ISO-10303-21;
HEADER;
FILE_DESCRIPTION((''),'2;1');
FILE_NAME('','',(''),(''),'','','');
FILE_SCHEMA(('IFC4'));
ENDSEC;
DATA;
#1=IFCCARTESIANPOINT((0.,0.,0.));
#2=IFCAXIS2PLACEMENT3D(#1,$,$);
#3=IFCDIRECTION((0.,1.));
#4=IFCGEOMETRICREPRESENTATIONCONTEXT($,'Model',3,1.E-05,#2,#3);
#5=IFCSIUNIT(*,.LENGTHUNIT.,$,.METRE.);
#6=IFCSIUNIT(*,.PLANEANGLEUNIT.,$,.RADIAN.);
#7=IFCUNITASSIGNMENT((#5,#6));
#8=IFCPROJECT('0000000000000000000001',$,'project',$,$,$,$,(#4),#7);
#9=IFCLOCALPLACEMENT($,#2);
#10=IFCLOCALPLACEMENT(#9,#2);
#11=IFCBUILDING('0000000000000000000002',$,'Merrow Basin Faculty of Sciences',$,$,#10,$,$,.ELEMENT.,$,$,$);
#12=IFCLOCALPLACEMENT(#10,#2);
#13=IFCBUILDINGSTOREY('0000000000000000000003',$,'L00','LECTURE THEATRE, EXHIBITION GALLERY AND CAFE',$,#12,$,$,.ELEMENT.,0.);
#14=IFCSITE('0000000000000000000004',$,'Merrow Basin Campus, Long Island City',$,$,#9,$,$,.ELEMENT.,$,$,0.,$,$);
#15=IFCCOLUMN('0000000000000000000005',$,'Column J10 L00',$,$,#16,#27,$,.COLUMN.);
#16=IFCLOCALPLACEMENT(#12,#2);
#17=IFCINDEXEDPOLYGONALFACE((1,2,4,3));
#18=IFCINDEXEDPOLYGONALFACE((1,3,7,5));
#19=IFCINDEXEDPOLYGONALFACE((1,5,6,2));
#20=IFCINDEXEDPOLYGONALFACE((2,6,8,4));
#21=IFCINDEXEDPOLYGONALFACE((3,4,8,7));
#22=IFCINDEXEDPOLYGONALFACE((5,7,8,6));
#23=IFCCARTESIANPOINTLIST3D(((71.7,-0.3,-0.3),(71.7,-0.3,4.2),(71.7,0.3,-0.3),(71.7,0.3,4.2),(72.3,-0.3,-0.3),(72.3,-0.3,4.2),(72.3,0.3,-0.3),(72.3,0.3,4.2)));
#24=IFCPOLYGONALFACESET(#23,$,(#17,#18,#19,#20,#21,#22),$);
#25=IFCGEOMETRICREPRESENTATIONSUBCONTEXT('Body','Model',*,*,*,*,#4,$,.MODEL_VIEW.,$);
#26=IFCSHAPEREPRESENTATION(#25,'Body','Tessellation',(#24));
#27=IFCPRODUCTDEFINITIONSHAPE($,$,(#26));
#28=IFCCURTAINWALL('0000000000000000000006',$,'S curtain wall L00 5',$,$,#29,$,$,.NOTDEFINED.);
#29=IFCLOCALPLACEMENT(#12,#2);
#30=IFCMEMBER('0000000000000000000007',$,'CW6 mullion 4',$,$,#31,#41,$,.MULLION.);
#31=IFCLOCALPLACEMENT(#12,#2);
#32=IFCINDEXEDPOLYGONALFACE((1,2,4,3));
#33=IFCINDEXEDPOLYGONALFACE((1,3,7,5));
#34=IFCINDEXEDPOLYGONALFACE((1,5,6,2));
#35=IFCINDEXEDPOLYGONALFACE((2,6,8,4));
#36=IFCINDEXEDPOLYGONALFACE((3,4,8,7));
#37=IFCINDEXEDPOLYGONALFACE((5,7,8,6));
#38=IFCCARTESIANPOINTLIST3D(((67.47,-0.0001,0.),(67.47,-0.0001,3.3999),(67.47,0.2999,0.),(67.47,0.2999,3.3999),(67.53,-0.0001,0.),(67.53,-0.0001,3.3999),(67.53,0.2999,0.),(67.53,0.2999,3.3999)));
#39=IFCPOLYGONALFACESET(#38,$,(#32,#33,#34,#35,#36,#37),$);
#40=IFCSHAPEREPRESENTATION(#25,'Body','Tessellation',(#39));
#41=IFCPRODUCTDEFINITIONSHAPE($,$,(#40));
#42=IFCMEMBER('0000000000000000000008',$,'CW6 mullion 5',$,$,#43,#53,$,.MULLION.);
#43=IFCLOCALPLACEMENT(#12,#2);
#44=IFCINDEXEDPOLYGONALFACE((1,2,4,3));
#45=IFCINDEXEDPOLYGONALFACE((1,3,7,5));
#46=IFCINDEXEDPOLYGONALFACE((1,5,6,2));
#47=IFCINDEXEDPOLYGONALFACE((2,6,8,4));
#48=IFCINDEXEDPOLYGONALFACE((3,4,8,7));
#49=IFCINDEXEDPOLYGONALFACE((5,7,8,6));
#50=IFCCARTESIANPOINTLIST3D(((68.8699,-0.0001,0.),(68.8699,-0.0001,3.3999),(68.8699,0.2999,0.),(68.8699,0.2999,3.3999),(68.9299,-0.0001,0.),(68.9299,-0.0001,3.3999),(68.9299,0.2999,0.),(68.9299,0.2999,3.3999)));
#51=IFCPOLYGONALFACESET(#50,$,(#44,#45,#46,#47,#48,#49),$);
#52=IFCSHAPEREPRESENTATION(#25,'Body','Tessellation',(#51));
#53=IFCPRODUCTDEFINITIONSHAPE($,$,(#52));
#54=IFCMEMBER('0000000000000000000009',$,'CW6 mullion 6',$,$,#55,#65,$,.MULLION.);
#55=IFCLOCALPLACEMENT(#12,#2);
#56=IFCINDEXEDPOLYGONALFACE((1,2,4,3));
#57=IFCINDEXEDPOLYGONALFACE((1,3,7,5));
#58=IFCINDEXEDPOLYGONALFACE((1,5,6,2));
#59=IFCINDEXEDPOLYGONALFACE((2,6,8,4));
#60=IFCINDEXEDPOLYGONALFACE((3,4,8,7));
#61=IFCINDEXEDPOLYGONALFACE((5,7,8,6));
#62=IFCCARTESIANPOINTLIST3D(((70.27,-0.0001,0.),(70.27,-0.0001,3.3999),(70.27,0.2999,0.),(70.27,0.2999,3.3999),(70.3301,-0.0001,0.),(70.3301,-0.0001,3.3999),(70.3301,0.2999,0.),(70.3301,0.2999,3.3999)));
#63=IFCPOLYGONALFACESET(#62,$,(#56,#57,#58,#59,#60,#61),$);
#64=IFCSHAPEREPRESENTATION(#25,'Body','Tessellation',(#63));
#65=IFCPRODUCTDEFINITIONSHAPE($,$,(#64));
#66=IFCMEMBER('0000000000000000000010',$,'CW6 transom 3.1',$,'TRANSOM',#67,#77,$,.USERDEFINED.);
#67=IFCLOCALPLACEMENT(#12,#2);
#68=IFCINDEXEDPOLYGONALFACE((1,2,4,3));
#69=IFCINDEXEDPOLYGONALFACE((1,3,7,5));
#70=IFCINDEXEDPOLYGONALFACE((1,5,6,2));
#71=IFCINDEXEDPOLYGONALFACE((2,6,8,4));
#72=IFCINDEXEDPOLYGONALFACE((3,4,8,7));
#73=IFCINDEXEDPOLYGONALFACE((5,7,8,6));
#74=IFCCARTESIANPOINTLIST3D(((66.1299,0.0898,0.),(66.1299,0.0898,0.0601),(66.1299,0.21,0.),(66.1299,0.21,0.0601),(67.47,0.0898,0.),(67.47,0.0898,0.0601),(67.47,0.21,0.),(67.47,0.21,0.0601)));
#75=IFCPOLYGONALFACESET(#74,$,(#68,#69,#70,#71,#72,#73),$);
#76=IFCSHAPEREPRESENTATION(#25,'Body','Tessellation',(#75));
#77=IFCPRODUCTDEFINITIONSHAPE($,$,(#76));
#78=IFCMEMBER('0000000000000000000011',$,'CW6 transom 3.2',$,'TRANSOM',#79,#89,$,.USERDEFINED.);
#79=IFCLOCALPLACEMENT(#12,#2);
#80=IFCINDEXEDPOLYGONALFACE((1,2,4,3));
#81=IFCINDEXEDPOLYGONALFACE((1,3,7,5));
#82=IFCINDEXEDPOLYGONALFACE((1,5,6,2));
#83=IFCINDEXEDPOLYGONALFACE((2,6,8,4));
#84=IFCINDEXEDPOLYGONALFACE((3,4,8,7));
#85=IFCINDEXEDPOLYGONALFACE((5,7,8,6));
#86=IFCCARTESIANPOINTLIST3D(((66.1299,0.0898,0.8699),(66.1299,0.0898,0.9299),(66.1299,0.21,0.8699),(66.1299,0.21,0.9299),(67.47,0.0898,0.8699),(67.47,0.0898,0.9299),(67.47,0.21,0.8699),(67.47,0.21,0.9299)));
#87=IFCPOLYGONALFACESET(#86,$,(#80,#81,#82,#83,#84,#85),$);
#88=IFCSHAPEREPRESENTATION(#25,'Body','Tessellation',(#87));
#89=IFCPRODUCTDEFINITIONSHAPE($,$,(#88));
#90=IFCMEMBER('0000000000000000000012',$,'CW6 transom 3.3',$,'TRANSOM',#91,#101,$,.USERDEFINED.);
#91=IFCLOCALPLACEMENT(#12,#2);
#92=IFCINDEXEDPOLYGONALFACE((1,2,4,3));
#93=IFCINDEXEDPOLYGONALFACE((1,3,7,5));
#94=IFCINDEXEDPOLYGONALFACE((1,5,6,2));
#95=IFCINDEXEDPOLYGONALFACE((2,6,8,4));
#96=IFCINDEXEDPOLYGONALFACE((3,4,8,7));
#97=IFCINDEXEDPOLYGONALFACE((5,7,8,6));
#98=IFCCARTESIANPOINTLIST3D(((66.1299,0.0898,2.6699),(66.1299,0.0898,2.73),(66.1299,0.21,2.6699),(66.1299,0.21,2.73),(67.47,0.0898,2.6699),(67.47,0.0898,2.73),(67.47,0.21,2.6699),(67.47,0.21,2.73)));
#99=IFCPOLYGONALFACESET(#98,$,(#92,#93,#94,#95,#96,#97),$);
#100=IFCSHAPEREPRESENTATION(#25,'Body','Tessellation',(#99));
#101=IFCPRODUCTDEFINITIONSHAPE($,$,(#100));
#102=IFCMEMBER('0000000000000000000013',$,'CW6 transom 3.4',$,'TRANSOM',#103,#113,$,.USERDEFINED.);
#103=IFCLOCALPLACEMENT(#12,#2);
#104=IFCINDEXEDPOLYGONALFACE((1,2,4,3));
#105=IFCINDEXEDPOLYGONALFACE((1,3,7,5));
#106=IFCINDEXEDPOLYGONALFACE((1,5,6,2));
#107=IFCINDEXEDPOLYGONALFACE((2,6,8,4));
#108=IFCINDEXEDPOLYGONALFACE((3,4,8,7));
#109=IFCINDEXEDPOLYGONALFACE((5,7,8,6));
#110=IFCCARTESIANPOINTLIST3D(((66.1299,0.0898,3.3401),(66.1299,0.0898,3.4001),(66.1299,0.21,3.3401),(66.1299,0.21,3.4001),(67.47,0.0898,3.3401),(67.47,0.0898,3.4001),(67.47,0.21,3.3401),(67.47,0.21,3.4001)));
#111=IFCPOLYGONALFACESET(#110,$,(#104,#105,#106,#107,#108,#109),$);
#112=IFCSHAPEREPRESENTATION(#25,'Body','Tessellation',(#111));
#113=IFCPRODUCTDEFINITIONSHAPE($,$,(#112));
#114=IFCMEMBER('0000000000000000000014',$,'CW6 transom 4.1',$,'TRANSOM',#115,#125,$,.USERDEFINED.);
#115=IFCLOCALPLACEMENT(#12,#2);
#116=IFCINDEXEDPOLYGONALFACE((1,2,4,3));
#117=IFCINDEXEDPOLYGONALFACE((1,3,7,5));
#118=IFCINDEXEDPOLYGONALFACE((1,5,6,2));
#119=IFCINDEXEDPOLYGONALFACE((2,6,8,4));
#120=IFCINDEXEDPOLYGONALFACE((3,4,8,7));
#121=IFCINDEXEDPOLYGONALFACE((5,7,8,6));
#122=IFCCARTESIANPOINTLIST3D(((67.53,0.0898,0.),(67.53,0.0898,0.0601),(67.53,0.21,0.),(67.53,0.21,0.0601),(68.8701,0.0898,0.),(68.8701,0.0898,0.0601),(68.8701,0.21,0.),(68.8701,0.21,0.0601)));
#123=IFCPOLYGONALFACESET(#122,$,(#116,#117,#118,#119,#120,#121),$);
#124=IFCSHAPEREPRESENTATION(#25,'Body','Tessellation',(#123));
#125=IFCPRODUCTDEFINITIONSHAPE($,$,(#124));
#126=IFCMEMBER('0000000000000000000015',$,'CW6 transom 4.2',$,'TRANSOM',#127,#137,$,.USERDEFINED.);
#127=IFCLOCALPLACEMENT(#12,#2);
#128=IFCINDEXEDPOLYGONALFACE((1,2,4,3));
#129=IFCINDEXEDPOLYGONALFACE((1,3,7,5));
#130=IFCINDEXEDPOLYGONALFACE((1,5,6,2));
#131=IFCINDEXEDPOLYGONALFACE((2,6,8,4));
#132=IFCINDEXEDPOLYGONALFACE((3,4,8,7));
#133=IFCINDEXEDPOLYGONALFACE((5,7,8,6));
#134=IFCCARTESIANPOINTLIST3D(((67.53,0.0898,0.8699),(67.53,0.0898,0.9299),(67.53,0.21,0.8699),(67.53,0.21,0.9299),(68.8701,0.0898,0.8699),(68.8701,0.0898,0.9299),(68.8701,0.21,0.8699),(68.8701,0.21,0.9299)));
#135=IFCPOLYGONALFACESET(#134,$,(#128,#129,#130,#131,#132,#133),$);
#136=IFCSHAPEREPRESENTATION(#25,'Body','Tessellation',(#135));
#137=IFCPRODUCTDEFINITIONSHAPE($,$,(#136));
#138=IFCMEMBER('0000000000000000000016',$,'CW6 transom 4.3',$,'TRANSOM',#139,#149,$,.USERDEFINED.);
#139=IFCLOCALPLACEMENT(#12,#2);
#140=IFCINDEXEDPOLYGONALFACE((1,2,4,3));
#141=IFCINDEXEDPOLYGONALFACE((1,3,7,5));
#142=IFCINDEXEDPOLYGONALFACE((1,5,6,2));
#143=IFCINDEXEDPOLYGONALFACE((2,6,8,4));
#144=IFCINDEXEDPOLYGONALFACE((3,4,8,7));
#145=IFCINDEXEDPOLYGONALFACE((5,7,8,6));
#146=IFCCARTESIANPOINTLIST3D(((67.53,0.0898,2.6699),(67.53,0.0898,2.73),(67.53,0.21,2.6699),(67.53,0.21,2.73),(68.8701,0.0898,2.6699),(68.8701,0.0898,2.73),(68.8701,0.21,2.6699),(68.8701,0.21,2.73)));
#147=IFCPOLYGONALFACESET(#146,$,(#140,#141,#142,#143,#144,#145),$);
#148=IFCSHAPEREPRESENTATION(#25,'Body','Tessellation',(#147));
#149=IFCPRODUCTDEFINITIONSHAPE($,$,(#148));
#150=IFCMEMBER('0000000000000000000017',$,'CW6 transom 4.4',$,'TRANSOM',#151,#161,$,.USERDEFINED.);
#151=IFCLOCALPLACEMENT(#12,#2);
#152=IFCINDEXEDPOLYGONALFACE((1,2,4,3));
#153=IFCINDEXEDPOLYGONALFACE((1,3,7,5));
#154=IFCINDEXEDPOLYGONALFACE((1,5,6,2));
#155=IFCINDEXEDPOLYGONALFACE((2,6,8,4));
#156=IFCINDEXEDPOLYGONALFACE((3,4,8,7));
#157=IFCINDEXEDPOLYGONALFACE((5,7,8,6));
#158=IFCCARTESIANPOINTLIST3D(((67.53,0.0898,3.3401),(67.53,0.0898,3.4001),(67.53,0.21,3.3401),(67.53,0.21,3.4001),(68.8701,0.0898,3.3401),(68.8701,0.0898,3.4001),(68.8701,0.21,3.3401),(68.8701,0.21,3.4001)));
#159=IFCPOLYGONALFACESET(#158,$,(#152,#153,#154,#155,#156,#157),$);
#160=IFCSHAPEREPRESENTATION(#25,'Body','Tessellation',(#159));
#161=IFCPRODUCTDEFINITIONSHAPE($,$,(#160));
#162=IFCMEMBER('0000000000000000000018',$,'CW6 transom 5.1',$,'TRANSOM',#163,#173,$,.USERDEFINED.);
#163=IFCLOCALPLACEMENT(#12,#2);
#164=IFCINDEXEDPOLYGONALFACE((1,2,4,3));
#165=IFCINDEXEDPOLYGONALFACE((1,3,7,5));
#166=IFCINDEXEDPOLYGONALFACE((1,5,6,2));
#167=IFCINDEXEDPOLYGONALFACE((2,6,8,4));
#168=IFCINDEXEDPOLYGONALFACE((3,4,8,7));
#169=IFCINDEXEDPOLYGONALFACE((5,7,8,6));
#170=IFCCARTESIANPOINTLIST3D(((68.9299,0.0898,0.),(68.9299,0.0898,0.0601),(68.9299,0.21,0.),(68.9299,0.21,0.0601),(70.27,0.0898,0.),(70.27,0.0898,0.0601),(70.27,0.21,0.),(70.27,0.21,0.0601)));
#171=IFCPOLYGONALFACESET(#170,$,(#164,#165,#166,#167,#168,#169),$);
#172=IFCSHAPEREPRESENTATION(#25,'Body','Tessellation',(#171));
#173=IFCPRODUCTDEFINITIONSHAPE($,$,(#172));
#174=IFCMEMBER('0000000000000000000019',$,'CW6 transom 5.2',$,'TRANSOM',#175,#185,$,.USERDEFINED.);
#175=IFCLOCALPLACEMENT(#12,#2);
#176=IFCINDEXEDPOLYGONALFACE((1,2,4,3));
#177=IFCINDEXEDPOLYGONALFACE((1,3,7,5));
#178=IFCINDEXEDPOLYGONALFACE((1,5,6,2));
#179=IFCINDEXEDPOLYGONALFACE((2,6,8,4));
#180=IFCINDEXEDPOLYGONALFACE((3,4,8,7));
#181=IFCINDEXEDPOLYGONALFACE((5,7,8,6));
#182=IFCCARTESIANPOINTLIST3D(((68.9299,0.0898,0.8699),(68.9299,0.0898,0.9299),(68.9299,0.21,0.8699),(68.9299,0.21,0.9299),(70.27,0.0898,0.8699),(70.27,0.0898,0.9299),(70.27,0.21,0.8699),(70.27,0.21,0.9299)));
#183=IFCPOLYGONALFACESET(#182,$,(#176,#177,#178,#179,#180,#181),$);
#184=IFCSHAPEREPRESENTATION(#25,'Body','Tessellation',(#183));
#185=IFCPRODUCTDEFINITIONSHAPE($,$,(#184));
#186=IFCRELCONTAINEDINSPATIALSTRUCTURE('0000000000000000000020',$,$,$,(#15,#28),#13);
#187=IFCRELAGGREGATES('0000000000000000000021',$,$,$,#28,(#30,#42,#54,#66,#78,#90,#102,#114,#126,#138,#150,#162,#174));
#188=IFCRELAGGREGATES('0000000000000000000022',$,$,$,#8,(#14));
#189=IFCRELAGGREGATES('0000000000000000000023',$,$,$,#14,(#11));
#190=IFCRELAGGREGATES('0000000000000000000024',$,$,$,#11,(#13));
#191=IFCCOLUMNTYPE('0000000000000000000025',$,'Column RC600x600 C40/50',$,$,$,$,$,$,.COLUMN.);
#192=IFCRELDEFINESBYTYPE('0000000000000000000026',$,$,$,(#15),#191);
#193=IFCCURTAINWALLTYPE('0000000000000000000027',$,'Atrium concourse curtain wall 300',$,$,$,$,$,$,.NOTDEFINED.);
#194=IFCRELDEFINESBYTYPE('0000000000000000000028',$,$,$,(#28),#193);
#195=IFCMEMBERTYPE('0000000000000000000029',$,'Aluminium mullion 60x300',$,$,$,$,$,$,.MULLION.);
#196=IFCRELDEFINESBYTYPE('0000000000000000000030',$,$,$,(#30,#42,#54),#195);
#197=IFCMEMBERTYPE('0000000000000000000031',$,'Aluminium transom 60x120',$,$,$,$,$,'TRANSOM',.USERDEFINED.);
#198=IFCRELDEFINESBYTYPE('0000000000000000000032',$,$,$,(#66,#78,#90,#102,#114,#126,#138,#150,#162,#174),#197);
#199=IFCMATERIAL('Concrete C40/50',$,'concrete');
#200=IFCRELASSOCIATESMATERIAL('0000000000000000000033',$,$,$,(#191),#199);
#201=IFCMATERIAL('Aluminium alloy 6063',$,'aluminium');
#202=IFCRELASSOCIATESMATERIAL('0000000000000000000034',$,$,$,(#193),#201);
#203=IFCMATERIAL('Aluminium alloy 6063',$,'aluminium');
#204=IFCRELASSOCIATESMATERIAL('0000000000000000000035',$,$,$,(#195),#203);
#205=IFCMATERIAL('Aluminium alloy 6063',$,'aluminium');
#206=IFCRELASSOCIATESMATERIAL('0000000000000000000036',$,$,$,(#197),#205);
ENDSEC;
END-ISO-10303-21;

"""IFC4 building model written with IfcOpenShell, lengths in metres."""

from ifc_helpers import new_model, si_unit, direction, frame, origin, origin_2d, place, context, subcontext, project, spatial, rectangle, extrude, material, material_profile, profile_set, type_object, element, aggregate, save


model = new_model("IFC4")

# Units and contexts
model_context = context("Model", 3, precision=1e-05, world=origin(), true_north=direction((0.0, 1.0)))
body_context = subcontext(model_context, "Body", "Model", "MODEL_VIEW")
ifc_project = project(units=[si_unit("LENGTHUNIT", "METRE"), si_unit("PLANEANGLEUNIT", "RADIAN")], contexts=[model_context])

# Site, building, storey
site_placement = place(None, origin())
site = spatial("IfcSite", under=ifc_project, at=site_placement, Name="Merrow Basin Campus, Long Island City", CompositionType="ELEMENT", RefElevation=0.0)
building_placement = place(site_placement, origin())
building = spatial("IfcBuilding", under=site, at=building_placement, Name="Merrow Basin Faculty of Sciences", CompositionType="ELEMENT")
storey_placement = place(building_placement, origin())
storey = spatial("IfcBuildingStorey", under=building, at=storey_placement, Name="L00", Description="LECTURE THEATRE, EXHIBITION GALLERY AND CAFE", CompositionType="ELEMENT", Elevation=0.0)

# Column
ifc_material_1 = material(Name="Concrete C40/50", Category="concrete")
ifc_material_profile_1 = material_profile(ifc_material_1, rectangle(XDim=0.6001, YDim=0.6001, at=origin_2d()))
ifc_profile_set_1 = profile_set([ifc_material_profile_1], Name="Concrete C40/50")
column_type = type_object("IfcColumnType", Name="Column RC600x600 C40/50", PredefinedType="COLUMN", material=ifc_profile_set_1)
column_placement = place(storey_placement, frame((72.0, 0.0, -0.3), z_axis=(0.0, 0.0, 1.0), x_axis=(1.0, 0.0, 0.0)))
element("IfcColumn", 1, at=column_placement, inside=storey, type_object=column_type, Name="Column J10 L00", PredefinedType="COLUMN", context=body_context, shape_type="SweptSolid", body=[
    extrude(rectangle(XDim=0.6001, YDim=0.6001, at=origin_2d()), origin(), (0.0, 0.0, 1.0), 4.5),
])

# Curtain wall, members
ifc_material_2 = material(Name="Aluminium alloy 6063", Category="aluminium")
curtain_wall_type = type_object("IfcCurtainWallType", Name="Atrium concourse curtain wall 300", PredefinedType="NOTDEFINED", material=ifc_material_2)
curtain_wall_placement = place(storey_placement, origin())
curtain_wall = element("IfcCurtainWall", 2, at=curtain_wall_placement, inside=storey, type_object=curtain_wall_type, Name="S curtain wall L00 5", PredefinedType="NOTDEFINED")
ifc_material_3 = material(Name="Aluminium alloy 6063", Category="aluminium")
ifc_material_profile_2 = material_profile(ifc_material_3, rectangle(XDim=0.3, YDim=0.0601, at=origin_2d()))
ifc_profile_set_2 = profile_set([ifc_material_profile_2], Name="Aluminium alloy 6063")
member_type_1 = type_object("IfcMemberType", Name="Aluminium mullion 60x300", PredefinedType="MULLION", material=ifc_profile_set_2)
member_1_placement = place(storey_placement, frame((67.5, 0.1499, 0.0), z_axis=(0.0, 0.0, 1.0), x_axis=(0.0, 1.0, 0.0)))
member_1 = element("IfcMember", 3, at=member_1_placement, type_object=member_type_1, Name="CW6 mullion 4", PredefinedType="MULLION", context=body_context, shape_type="SweptSolid", body=[
    extrude(rectangle(XDim=0.3, YDim=0.0601, at=origin_2d()), origin(), (0.0, 0.0, 1.0), 3.3999),
])
member_2_placement = place(storey_placement, frame((68.8999, 0.1499, 0.0), z_axis=(0.0, 0.0, 1.0), x_axis=(0.0, 1.0, 0.0)))
member_2 = element("IfcMember", 4, at=member_2_placement, type_object=member_type_1, Name="CW6 mullion 5", PredefinedType="MULLION", context=body_context, shape_type="SweptSolid", body=[
    extrude(rectangle(XDim=0.3, YDim=0.0601, at=origin_2d()), origin(), (0.0, 0.0, 1.0), 3.3999),
])
member_3_placement = place(storey_placement, frame((70.3, 0.1499, 0.0), z_axis=(0.0, 0.0, 1.0), x_axis=(0.0, 1.0, 0.0)))
member_3 = element("IfcMember", 5, at=member_3_placement, type_object=member_type_1, Name="CW6 mullion 6", PredefinedType="MULLION", context=body_context, shape_type="SweptSolid", body=[
    extrude(rectangle(XDim=0.3, YDim=0.0601, at=origin_2d()), origin(), (0.0, 0.0, 1.0), 3.3999),
])
ifc_material_4 = material(Name="Aluminium alloy 6063", Category="aluminium")
ifc_material_profile_3 = material_profile(ifc_material_4, rectangle(XDim=0.1201, YDim=0.0601, at=origin_2d()))
ifc_profile_set_3 = profile_set([ifc_material_profile_3], Name="Aluminium alloy 6063")
member_type_2 = type_object("IfcMemberType", Name="Aluminium transom 60x120", ElementType="TRANSOM", PredefinedType="USERDEFINED", material=ifc_profile_set_3)
member_4_placement = place(storey_placement, frame((66.1299, 0.1499, 0.03), z_axis=(1.0, 0.0, 0.0), x_axis=(0.0, 1.0, 0.0)))
member_4 = element("IfcMember", 6, at=member_4_placement, type_object=member_type_2, Name="CW6 transom 3.1", ObjectType="TRANSOM", PredefinedType="USERDEFINED", context=body_context, shape_type="SweptSolid", body=[
    extrude(rectangle(XDim=0.1201, YDim=0.0601, at=origin_2d()), origin(), (0.0, 0.0, 1.0), 1.3401),
])
member_5_placement = place(storey_placement, frame((66.1299, 0.1499, 0.8999), z_axis=(1.0, 0.0, 0.0), x_axis=(0.0, 1.0, 0.0)))
member_5 = element("IfcMember", 7, at=member_5_placement, type_object=member_type_2, Name="CW6 transom 3.2", ObjectType="TRANSOM", PredefinedType="USERDEFINED", context=body_context, shape_type="SweptSolid", body=[
    extrude(rectangle(XDim=0.1201, YDim=0.0601, at=origin_2d()), origin(), (0.0, 0.0, 1.0), 1.3401),
])
member_6_placement = place(storey_placement, frame((66.1299, 0.1499, 2.7), z_axis=(1.0, 0.0, 0.0), x_axis=(0.0, 1.0, 0.0)))
member_6 = element("IfcMember", 8, at=member_6_placement, type_object=member_type_2, Name="CW6 transom 3.3", ObjectType="TRANSOM", PredefinedType="USERDEFINED", context=body_context, shape_type="SweptSolid", body=[
    extrude(rectangle(XDim=0.1201, YDim=0.0601, at=origin_2d()), origin(), (0.0, 0.0, 1.0), 1.3401),
])
member_7_placement = place(storey_placement, frame((66.1299, 0.1499, 3.3701), z_axis=(1.0, 0.0, 0.0), x_axis=(0.0, 1.0, 0.0)))
member_7 = element("IfcMember", 9, at=member_7_placement, type_object=member_type_2, Name="CW6 transom 3.4", ObjectType="TRANSOM", PredefinedType="USERDEFINED", context=body_context, shape_type="SweptSolid", body=[
    extrude(rectangle(XDim=0.1201, YDim=0.0601, at=origin_2d()), origin(), (0.0, 0.0, 1.0), 1.3401),
])
member_8_placement = place(storey_placement, frame((67.53, 0.1499, 0.03), z_axis=(1.0, 0.0, 0.0), x_axis=(0.0, 1.0, 0.0)))
member_8 = element("IfcMember", 10, at=member_8_placement, type_object=member_type_2, Name="CW6 transom 4.1", ObjectType="TRANSOM", PredefinedType="USERDEFINED", context=body_context, shape_type="SweptSolid", body=[
    extrude(rectangle(XDim=0.1201, YDim=0.0601, at=origin_2d()), origin(), (0.0, 0.0, 1.0), 1.3401),
])
member_9_placement = place(storey_placement, frame((67.53, 0.1499, 0.8999), z_axis=(1.0, 0.0, 0.0), x_axis=(0.0, 1.0, 0.0)))
member_9 = element("IfcMember", 11, at=member_9_placement, type_object=member_type_2, Name="CW6 transom 4.2", ObjectType="TRANSOM", PredefinedType="USERDEFINED", context=body_context, shape_type="SweptSolid", body=[
    extrude(rectangle(XDim=0.1201, YDim=0.0601, at=origin_2d()), origin(), (0.0, 0.0, 1.0), 1.3401),
])
member_10_placement = place(storey_placement, frame((67.53, 0.1499, 2.7), z_axis=(1.0, 0.0, 0.0), x_axis=(0.0, 1.0, 0.0)))
member_10 = element("IfcMember", 12, at=member_10_placement, type_object=member_type_2, Name="CW6 transom 4.3", ObjectType="TRANSOM", PredefinedType="USERDEFINED", context=body_context, shape_type="SweptSolid", body=[
    extrude(rectangle(XDim=0.1201, YDim=0.0601, at=origin_2d()), origin(), (0.0, 0.0, 1.0), 1.3401),
])
member_11_placement = place(storey_placement, frame((67.53, 0.1499, 3.3701), z_axis=(1.0, 0.0, 0.0), x_axis=(0.0, 1.0, 0.0)))
member_11 = element("IfcMember", 13, at=member_11_placement, type_object=member_type_2, Name="CW6 transom 4.4", ObjectType="TRANSOM", PredefinedType="USERDEFINED", context=body_context, shape_type="SweptSolid", body=[
    extrude(rectangle(XDim=0.1201, YDim=0.0601, at=origin_2d()), origin(), (0.0, 0.0, 1.0), 1.3401),
])
member_12_placement = place(storey_placement, frame((68.9299, 0.1499, 0.03), z_axis=(1.0, 0.0, 0.0), x_axis=(0.0, 1.0, 0.0)))
member_12 = element("IfcMember", 14, at=member_12_placement, type_object=member_type_2, Name="CW6 transom 5.1", ObjectType="TRANSOM", PredefinedType="USERDEFINED", context=body_context, shape_type="SweptSolid", body=[
    extrude(rectangle(XDim=0.1201, YDim=0.0601, at=origin_2d()), origin(), (0.0, 0.0, 1.0), 1.3401),
])
member_13_placement = place(storey_placement, frame((68.9299, 0.1499, 0.8999), z_axis=(1.0, 0.0, 0.0), x_axis=(0.0, 1.0, 0.0)))
member_13 = element("IfcMember", 15, at=member_13_placement, type_object=member_type_2, Name="CW6 transom 5.2", ObjectType="TRANSOM", PredefinedType="USERDEFINED", context=body_context, shape_type="SweptSolid", body=[
    extrude(rectangle(XDim=0.1201, YDim=0.0601, at=origin_2d()), origin(), (0.0, 0.0, 1.0), 1.3401),
])
aggregate(curtain_wall, [member_1, member_2, member_3, member_4, member_5, member_6, member_7, member_8, member_9, member_10, member_11, member_12, member_13])

save(model, "model.ifc")
